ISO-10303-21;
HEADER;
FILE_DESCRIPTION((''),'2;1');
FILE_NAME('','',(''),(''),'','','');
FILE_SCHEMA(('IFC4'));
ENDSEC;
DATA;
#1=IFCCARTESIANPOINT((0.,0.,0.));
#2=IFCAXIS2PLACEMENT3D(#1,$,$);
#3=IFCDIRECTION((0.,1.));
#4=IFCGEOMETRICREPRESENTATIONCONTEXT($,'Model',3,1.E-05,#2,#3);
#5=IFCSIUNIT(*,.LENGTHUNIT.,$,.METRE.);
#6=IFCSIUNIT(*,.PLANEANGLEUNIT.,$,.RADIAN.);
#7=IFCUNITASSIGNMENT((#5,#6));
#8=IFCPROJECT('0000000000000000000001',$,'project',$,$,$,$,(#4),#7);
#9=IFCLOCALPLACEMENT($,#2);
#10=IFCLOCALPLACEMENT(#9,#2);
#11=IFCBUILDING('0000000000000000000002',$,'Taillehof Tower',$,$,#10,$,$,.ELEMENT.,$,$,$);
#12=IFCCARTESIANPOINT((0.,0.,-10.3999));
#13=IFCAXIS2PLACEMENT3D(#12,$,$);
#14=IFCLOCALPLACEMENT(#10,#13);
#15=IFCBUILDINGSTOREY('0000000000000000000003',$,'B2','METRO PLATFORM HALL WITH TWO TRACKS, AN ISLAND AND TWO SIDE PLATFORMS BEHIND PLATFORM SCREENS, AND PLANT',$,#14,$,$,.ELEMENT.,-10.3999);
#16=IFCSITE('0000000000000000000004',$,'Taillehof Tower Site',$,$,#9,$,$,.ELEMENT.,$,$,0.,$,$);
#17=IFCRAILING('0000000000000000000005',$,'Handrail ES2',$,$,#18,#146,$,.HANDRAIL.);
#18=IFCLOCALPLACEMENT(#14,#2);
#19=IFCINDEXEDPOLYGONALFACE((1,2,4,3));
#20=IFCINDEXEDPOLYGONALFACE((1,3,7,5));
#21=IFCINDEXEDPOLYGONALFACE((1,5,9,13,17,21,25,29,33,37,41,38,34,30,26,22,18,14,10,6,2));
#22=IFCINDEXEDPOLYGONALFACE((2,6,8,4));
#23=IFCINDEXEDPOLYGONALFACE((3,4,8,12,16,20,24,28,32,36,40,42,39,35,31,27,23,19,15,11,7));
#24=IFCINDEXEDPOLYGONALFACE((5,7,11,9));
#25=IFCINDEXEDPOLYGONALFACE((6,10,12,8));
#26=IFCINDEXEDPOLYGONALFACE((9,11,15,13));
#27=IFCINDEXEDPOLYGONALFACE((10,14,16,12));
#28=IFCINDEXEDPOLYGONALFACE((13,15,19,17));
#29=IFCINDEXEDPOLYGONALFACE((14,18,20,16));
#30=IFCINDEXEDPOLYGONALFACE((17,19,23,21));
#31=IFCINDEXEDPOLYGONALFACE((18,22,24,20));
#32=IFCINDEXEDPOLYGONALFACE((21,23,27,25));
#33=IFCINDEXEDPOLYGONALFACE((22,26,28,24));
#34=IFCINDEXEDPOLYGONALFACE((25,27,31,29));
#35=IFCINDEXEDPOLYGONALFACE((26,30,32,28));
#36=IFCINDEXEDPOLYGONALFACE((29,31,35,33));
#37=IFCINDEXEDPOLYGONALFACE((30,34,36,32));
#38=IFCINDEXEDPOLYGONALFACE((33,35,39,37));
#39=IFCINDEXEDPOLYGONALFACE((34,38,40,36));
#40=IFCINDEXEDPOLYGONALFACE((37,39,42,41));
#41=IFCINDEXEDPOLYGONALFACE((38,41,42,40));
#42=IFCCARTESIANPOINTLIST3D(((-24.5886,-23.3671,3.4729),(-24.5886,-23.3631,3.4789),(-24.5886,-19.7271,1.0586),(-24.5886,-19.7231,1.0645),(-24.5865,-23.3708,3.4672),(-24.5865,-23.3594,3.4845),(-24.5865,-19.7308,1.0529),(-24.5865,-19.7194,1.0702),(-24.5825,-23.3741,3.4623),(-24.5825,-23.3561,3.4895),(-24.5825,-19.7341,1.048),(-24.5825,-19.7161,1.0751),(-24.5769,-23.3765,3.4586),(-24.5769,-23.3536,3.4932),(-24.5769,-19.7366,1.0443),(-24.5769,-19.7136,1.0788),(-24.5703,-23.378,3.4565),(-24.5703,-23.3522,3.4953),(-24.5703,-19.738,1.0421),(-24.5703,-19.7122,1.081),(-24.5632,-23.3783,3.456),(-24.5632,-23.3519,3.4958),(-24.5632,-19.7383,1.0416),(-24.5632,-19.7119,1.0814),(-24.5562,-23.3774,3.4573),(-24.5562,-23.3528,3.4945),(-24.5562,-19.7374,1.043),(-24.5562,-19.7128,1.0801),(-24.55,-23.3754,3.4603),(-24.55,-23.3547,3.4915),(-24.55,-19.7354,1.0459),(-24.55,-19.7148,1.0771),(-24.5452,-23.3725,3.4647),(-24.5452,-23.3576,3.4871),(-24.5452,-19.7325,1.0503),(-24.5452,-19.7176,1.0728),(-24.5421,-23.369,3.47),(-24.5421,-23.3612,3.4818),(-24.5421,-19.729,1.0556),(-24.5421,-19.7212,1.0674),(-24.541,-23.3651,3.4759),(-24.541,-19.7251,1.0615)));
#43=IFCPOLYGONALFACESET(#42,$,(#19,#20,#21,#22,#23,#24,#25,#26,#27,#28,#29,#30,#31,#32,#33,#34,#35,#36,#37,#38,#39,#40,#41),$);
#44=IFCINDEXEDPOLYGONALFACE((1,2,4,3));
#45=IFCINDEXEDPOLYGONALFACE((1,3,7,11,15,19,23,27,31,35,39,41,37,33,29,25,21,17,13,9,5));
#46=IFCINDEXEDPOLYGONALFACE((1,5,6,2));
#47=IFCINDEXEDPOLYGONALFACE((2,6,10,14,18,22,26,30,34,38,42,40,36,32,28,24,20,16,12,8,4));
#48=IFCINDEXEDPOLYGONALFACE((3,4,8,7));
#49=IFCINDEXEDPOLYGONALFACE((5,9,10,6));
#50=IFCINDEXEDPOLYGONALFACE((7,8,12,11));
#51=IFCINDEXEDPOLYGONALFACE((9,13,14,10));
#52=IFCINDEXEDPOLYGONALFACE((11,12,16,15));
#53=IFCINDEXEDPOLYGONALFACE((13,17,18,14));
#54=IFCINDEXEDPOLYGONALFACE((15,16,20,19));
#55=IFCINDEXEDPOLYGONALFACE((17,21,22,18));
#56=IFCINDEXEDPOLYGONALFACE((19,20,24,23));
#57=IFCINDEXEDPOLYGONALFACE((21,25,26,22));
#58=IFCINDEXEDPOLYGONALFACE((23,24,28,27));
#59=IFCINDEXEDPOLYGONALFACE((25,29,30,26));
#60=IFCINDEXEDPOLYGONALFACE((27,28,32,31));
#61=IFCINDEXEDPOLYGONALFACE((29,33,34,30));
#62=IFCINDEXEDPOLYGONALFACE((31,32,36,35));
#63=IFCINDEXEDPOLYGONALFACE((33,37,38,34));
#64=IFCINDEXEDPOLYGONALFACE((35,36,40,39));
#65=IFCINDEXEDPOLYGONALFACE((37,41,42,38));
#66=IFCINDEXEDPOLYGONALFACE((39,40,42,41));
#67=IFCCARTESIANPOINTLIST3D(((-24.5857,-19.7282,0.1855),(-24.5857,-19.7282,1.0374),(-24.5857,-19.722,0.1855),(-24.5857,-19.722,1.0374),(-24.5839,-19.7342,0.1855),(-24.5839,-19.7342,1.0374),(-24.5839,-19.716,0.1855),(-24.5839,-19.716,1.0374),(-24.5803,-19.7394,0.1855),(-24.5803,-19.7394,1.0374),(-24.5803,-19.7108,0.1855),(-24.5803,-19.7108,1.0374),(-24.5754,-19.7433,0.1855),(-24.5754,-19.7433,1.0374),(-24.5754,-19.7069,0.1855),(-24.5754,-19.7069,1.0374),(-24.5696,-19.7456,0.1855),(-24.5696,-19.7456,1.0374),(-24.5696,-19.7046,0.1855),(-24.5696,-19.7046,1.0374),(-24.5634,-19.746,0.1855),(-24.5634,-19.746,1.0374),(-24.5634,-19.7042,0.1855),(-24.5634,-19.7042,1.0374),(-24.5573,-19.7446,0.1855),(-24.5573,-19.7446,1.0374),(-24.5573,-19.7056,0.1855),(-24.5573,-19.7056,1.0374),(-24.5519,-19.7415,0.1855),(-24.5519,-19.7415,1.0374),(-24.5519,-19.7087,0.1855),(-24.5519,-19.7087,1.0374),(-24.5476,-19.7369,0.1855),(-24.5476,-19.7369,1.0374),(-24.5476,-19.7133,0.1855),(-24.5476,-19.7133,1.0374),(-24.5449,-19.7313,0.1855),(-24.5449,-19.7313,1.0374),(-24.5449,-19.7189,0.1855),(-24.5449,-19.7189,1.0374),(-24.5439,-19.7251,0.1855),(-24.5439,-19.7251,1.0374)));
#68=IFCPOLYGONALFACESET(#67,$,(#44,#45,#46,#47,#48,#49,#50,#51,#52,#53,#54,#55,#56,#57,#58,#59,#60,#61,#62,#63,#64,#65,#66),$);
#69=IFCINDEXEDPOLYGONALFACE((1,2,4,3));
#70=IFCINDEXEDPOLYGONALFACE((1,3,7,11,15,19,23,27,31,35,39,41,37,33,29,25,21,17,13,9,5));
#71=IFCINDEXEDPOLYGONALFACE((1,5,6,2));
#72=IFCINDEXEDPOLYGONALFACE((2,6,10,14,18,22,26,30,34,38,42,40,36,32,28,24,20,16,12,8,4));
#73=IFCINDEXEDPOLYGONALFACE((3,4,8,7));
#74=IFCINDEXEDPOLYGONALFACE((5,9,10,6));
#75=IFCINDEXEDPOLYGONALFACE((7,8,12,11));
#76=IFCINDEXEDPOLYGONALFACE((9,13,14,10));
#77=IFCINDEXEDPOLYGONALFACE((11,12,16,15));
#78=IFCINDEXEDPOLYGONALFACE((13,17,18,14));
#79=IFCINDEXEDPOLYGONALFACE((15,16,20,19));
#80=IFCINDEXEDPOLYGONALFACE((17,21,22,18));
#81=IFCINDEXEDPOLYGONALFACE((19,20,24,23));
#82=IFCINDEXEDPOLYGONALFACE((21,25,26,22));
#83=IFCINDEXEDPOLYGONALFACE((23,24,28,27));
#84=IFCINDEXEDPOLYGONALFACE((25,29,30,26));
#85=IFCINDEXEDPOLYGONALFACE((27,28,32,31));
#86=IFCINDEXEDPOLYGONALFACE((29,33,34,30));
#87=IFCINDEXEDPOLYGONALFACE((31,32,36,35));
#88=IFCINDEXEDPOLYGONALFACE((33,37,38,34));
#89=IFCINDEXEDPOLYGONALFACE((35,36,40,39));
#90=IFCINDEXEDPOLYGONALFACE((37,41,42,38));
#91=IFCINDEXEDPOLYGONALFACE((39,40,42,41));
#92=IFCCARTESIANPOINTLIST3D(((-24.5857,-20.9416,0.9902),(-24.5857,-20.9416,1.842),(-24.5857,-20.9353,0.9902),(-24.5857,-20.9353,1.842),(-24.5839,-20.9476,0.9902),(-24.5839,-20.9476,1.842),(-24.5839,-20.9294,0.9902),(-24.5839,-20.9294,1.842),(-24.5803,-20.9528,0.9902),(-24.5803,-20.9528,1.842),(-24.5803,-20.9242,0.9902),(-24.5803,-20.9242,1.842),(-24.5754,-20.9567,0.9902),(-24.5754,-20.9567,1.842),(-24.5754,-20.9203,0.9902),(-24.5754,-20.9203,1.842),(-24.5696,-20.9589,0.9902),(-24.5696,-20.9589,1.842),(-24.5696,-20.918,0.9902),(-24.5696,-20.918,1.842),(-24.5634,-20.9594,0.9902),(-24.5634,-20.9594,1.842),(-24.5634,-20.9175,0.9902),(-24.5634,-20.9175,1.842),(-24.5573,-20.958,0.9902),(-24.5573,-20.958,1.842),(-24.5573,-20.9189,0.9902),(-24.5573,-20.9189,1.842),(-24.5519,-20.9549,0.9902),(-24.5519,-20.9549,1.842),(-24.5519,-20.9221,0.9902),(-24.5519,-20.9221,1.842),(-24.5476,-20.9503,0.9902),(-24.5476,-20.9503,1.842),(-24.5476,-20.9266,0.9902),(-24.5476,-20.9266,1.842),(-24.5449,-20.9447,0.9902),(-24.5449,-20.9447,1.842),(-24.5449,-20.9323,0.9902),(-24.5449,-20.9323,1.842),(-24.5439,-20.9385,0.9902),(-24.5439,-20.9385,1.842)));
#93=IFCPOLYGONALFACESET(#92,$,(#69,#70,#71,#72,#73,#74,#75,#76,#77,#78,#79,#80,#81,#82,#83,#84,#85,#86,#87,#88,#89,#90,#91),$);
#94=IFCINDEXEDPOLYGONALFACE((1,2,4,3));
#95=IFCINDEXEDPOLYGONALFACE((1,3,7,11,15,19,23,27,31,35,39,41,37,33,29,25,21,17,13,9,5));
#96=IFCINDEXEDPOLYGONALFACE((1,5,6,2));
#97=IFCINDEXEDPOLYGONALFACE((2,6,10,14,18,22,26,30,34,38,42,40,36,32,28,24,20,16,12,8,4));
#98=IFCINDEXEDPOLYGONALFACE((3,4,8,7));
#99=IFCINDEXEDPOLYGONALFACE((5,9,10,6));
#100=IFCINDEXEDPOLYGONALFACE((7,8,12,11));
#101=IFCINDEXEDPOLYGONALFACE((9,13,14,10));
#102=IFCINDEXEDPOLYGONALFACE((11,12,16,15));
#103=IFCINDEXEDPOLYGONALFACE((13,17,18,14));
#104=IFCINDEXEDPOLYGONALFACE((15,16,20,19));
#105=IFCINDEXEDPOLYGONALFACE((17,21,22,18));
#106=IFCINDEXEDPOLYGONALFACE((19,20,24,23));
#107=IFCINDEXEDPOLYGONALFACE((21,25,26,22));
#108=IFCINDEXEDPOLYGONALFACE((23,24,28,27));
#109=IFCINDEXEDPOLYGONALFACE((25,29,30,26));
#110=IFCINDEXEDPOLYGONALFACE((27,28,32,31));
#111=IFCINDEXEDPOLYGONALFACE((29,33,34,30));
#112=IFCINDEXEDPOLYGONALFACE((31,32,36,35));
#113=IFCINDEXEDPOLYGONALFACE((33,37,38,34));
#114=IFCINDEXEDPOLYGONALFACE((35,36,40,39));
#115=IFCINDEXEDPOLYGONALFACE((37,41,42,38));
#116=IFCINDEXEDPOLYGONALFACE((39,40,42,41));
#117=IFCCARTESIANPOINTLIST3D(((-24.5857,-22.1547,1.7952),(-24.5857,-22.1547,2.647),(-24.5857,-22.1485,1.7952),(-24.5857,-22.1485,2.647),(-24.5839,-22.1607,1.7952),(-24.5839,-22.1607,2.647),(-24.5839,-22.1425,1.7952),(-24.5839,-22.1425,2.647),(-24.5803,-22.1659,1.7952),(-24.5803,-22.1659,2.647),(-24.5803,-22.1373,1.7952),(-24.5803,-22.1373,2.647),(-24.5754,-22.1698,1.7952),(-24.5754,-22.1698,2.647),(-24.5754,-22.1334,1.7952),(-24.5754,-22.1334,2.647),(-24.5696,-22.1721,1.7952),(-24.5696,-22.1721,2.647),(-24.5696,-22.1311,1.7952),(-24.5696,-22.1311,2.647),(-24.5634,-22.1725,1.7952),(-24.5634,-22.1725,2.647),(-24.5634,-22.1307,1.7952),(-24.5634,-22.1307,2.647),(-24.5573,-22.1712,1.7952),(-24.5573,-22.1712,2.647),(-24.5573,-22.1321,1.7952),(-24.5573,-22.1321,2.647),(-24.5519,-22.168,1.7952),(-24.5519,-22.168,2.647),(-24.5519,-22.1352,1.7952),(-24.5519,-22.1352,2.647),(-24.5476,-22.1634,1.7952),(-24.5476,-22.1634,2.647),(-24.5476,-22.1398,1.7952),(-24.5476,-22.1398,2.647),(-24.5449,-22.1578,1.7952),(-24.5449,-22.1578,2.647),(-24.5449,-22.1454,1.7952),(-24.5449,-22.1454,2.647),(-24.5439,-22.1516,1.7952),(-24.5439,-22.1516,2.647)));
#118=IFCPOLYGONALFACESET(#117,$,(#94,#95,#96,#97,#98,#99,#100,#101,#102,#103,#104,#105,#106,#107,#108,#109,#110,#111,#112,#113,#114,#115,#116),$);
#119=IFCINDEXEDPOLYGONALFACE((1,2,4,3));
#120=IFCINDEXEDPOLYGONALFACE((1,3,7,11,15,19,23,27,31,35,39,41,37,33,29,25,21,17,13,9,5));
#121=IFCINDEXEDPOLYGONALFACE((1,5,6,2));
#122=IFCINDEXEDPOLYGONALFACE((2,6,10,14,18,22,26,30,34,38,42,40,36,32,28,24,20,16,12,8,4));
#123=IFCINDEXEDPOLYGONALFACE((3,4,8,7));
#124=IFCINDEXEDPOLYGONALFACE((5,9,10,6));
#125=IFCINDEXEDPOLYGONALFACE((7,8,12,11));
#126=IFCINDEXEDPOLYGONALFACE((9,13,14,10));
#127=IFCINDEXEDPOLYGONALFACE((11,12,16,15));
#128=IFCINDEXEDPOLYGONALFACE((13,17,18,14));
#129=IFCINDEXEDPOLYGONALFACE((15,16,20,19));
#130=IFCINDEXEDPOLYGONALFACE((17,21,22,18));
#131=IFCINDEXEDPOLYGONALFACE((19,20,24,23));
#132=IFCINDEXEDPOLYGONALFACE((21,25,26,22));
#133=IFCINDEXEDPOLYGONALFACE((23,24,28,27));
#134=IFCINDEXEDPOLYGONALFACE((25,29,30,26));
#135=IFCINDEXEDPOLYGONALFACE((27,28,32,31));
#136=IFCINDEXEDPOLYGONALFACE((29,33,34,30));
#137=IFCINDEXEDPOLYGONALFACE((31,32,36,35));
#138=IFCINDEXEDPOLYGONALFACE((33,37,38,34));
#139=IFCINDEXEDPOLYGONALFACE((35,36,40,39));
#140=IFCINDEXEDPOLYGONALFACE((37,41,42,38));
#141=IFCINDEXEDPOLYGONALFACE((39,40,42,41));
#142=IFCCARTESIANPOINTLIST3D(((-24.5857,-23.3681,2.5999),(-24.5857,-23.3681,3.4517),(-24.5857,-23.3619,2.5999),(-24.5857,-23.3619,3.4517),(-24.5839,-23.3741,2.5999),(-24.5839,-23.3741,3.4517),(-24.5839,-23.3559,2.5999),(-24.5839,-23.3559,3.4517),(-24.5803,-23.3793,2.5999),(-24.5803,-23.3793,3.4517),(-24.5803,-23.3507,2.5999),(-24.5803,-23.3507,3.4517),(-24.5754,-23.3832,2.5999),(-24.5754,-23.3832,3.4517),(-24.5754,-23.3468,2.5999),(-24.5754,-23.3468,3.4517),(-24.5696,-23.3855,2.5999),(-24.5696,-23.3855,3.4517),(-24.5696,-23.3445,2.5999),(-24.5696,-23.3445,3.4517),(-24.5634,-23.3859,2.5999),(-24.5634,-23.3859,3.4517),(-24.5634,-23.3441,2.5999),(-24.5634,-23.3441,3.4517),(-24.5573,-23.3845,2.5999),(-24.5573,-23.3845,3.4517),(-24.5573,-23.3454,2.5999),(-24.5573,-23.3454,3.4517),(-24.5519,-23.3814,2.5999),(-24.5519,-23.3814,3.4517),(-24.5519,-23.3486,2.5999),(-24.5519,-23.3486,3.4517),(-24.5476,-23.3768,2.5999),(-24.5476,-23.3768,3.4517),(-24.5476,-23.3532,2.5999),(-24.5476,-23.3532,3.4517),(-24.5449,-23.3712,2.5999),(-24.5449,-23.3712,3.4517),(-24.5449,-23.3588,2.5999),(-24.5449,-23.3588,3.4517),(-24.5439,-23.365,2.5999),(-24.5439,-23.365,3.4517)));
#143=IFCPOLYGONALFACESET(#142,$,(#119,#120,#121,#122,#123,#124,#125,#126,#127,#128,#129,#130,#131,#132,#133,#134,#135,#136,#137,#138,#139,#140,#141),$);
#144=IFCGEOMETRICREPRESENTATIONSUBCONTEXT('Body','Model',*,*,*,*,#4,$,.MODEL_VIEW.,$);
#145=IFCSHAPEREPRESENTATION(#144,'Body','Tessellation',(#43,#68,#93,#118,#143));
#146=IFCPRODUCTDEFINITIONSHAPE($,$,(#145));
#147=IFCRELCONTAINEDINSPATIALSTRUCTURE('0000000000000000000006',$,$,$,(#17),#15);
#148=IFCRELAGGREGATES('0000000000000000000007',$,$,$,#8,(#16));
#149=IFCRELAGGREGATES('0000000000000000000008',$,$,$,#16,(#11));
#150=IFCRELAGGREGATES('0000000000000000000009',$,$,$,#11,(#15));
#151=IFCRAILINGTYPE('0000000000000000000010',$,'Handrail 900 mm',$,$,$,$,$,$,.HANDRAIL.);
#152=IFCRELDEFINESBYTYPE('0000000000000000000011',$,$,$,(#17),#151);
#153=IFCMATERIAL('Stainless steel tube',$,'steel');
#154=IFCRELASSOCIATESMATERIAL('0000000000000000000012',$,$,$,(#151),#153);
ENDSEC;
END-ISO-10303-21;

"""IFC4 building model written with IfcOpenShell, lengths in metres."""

from ifc_helpers import new_model, si_unit, direction, frame, origin, origin_2d, place, context, subcontext, project, spatial, circle, extrude, material, type_object, element, save


model = new_model("IFC4")

# Units and contexts
model_context = context("Model", 3, precision=1e-05, world=origin(), true_north=direction((0.0, 1.0)))
body_context = subcontext(model_context, "Body", "Model", "MODEL_VIEW")
ifc_project = project(units=[si_unit("LENGTHUNIT", "METRE"), si_unit("PLANEANGLEUNIT", "RADIAN")], contexts=[model_context])

# Site, building, storey
site_placement = place(None, origin())
site = spatial("IfcSite", under=ifc_project, at=site_placement, Name="Taillehof Tower Site", CompositionType="ELEMENT", RefElevation=0.0)
building_placement = place(site_placement, origin())
building = spatial("IfcBuilding", under=site, at=building_placement, Name="Taillehof Tower", CompositionType="ELEMENT")
storey_placement = place(building_placement, frame((0.0, 0.0, -10.3999)))
storey = spatial("IfcBuildingStorey", under=building, at=storey_placement, Name="B2", Description="METRO PLATFORM HALL WITH TWO TRACKS, AN ISLAND AND TWO SIDE PLATFORMS BEHIND PLATFORM SCREENS, AND PLANT", CompositionType="ELEMENT", Elevation=-10.3999)

# Railing
ifc_material_1 = material(Name="Stainless steel tube", Category="steel")
railing_type = type_object("IfcRailingType", Name="Handrail 900 mm", PredefinedType="HANDRAIL", material=ifc_material_1)
for number, where, name in (
    (1, (-24.5649, -19.7251, 0.1855), "Handrail ES2"),
):
    element("IfcRailing", number, at=place(storey_placement, frame(where)), inside=storey, type_object=railing_type, Name=name, PredefinedType="HANDRAIL", context=body_context, shape_type="SweptSolid", body=[
        extrude(circle(Radius=0.0239, at=origin_2d()), frame((0.0, 0.0, 0.876), z_axis=(0.0, -0.833347, 0.552751), x_axis=(1.0, 0.0, 0.0)), (0.0, 0.0, 1.0), 4.3679),
        extrude(circle(Radius=0.021, at=origin_2d()), origin(), (0.0, 0.0, 1.0), 0.8518),
        extrude(circle(Radius=0.021, at=origin_2d()), frame((0.0, -1.2134, 0.8047)), (0.0, 0.0, 1.0), 0.8518),
        extrude(circle(Radius=0.021, at=origin_2d()), frame((0.0, -2.4265, 1.6096)), (0.0, 0.0, 1.0), 0.8518),
        extrude(circle(Radius=0.021, at=origin_2d()), frame((0.0, -3.6399, 2.4143)), (0.0, 0.0, 1.0), 0.8518),
    ])

save(model, "model.ifc")
